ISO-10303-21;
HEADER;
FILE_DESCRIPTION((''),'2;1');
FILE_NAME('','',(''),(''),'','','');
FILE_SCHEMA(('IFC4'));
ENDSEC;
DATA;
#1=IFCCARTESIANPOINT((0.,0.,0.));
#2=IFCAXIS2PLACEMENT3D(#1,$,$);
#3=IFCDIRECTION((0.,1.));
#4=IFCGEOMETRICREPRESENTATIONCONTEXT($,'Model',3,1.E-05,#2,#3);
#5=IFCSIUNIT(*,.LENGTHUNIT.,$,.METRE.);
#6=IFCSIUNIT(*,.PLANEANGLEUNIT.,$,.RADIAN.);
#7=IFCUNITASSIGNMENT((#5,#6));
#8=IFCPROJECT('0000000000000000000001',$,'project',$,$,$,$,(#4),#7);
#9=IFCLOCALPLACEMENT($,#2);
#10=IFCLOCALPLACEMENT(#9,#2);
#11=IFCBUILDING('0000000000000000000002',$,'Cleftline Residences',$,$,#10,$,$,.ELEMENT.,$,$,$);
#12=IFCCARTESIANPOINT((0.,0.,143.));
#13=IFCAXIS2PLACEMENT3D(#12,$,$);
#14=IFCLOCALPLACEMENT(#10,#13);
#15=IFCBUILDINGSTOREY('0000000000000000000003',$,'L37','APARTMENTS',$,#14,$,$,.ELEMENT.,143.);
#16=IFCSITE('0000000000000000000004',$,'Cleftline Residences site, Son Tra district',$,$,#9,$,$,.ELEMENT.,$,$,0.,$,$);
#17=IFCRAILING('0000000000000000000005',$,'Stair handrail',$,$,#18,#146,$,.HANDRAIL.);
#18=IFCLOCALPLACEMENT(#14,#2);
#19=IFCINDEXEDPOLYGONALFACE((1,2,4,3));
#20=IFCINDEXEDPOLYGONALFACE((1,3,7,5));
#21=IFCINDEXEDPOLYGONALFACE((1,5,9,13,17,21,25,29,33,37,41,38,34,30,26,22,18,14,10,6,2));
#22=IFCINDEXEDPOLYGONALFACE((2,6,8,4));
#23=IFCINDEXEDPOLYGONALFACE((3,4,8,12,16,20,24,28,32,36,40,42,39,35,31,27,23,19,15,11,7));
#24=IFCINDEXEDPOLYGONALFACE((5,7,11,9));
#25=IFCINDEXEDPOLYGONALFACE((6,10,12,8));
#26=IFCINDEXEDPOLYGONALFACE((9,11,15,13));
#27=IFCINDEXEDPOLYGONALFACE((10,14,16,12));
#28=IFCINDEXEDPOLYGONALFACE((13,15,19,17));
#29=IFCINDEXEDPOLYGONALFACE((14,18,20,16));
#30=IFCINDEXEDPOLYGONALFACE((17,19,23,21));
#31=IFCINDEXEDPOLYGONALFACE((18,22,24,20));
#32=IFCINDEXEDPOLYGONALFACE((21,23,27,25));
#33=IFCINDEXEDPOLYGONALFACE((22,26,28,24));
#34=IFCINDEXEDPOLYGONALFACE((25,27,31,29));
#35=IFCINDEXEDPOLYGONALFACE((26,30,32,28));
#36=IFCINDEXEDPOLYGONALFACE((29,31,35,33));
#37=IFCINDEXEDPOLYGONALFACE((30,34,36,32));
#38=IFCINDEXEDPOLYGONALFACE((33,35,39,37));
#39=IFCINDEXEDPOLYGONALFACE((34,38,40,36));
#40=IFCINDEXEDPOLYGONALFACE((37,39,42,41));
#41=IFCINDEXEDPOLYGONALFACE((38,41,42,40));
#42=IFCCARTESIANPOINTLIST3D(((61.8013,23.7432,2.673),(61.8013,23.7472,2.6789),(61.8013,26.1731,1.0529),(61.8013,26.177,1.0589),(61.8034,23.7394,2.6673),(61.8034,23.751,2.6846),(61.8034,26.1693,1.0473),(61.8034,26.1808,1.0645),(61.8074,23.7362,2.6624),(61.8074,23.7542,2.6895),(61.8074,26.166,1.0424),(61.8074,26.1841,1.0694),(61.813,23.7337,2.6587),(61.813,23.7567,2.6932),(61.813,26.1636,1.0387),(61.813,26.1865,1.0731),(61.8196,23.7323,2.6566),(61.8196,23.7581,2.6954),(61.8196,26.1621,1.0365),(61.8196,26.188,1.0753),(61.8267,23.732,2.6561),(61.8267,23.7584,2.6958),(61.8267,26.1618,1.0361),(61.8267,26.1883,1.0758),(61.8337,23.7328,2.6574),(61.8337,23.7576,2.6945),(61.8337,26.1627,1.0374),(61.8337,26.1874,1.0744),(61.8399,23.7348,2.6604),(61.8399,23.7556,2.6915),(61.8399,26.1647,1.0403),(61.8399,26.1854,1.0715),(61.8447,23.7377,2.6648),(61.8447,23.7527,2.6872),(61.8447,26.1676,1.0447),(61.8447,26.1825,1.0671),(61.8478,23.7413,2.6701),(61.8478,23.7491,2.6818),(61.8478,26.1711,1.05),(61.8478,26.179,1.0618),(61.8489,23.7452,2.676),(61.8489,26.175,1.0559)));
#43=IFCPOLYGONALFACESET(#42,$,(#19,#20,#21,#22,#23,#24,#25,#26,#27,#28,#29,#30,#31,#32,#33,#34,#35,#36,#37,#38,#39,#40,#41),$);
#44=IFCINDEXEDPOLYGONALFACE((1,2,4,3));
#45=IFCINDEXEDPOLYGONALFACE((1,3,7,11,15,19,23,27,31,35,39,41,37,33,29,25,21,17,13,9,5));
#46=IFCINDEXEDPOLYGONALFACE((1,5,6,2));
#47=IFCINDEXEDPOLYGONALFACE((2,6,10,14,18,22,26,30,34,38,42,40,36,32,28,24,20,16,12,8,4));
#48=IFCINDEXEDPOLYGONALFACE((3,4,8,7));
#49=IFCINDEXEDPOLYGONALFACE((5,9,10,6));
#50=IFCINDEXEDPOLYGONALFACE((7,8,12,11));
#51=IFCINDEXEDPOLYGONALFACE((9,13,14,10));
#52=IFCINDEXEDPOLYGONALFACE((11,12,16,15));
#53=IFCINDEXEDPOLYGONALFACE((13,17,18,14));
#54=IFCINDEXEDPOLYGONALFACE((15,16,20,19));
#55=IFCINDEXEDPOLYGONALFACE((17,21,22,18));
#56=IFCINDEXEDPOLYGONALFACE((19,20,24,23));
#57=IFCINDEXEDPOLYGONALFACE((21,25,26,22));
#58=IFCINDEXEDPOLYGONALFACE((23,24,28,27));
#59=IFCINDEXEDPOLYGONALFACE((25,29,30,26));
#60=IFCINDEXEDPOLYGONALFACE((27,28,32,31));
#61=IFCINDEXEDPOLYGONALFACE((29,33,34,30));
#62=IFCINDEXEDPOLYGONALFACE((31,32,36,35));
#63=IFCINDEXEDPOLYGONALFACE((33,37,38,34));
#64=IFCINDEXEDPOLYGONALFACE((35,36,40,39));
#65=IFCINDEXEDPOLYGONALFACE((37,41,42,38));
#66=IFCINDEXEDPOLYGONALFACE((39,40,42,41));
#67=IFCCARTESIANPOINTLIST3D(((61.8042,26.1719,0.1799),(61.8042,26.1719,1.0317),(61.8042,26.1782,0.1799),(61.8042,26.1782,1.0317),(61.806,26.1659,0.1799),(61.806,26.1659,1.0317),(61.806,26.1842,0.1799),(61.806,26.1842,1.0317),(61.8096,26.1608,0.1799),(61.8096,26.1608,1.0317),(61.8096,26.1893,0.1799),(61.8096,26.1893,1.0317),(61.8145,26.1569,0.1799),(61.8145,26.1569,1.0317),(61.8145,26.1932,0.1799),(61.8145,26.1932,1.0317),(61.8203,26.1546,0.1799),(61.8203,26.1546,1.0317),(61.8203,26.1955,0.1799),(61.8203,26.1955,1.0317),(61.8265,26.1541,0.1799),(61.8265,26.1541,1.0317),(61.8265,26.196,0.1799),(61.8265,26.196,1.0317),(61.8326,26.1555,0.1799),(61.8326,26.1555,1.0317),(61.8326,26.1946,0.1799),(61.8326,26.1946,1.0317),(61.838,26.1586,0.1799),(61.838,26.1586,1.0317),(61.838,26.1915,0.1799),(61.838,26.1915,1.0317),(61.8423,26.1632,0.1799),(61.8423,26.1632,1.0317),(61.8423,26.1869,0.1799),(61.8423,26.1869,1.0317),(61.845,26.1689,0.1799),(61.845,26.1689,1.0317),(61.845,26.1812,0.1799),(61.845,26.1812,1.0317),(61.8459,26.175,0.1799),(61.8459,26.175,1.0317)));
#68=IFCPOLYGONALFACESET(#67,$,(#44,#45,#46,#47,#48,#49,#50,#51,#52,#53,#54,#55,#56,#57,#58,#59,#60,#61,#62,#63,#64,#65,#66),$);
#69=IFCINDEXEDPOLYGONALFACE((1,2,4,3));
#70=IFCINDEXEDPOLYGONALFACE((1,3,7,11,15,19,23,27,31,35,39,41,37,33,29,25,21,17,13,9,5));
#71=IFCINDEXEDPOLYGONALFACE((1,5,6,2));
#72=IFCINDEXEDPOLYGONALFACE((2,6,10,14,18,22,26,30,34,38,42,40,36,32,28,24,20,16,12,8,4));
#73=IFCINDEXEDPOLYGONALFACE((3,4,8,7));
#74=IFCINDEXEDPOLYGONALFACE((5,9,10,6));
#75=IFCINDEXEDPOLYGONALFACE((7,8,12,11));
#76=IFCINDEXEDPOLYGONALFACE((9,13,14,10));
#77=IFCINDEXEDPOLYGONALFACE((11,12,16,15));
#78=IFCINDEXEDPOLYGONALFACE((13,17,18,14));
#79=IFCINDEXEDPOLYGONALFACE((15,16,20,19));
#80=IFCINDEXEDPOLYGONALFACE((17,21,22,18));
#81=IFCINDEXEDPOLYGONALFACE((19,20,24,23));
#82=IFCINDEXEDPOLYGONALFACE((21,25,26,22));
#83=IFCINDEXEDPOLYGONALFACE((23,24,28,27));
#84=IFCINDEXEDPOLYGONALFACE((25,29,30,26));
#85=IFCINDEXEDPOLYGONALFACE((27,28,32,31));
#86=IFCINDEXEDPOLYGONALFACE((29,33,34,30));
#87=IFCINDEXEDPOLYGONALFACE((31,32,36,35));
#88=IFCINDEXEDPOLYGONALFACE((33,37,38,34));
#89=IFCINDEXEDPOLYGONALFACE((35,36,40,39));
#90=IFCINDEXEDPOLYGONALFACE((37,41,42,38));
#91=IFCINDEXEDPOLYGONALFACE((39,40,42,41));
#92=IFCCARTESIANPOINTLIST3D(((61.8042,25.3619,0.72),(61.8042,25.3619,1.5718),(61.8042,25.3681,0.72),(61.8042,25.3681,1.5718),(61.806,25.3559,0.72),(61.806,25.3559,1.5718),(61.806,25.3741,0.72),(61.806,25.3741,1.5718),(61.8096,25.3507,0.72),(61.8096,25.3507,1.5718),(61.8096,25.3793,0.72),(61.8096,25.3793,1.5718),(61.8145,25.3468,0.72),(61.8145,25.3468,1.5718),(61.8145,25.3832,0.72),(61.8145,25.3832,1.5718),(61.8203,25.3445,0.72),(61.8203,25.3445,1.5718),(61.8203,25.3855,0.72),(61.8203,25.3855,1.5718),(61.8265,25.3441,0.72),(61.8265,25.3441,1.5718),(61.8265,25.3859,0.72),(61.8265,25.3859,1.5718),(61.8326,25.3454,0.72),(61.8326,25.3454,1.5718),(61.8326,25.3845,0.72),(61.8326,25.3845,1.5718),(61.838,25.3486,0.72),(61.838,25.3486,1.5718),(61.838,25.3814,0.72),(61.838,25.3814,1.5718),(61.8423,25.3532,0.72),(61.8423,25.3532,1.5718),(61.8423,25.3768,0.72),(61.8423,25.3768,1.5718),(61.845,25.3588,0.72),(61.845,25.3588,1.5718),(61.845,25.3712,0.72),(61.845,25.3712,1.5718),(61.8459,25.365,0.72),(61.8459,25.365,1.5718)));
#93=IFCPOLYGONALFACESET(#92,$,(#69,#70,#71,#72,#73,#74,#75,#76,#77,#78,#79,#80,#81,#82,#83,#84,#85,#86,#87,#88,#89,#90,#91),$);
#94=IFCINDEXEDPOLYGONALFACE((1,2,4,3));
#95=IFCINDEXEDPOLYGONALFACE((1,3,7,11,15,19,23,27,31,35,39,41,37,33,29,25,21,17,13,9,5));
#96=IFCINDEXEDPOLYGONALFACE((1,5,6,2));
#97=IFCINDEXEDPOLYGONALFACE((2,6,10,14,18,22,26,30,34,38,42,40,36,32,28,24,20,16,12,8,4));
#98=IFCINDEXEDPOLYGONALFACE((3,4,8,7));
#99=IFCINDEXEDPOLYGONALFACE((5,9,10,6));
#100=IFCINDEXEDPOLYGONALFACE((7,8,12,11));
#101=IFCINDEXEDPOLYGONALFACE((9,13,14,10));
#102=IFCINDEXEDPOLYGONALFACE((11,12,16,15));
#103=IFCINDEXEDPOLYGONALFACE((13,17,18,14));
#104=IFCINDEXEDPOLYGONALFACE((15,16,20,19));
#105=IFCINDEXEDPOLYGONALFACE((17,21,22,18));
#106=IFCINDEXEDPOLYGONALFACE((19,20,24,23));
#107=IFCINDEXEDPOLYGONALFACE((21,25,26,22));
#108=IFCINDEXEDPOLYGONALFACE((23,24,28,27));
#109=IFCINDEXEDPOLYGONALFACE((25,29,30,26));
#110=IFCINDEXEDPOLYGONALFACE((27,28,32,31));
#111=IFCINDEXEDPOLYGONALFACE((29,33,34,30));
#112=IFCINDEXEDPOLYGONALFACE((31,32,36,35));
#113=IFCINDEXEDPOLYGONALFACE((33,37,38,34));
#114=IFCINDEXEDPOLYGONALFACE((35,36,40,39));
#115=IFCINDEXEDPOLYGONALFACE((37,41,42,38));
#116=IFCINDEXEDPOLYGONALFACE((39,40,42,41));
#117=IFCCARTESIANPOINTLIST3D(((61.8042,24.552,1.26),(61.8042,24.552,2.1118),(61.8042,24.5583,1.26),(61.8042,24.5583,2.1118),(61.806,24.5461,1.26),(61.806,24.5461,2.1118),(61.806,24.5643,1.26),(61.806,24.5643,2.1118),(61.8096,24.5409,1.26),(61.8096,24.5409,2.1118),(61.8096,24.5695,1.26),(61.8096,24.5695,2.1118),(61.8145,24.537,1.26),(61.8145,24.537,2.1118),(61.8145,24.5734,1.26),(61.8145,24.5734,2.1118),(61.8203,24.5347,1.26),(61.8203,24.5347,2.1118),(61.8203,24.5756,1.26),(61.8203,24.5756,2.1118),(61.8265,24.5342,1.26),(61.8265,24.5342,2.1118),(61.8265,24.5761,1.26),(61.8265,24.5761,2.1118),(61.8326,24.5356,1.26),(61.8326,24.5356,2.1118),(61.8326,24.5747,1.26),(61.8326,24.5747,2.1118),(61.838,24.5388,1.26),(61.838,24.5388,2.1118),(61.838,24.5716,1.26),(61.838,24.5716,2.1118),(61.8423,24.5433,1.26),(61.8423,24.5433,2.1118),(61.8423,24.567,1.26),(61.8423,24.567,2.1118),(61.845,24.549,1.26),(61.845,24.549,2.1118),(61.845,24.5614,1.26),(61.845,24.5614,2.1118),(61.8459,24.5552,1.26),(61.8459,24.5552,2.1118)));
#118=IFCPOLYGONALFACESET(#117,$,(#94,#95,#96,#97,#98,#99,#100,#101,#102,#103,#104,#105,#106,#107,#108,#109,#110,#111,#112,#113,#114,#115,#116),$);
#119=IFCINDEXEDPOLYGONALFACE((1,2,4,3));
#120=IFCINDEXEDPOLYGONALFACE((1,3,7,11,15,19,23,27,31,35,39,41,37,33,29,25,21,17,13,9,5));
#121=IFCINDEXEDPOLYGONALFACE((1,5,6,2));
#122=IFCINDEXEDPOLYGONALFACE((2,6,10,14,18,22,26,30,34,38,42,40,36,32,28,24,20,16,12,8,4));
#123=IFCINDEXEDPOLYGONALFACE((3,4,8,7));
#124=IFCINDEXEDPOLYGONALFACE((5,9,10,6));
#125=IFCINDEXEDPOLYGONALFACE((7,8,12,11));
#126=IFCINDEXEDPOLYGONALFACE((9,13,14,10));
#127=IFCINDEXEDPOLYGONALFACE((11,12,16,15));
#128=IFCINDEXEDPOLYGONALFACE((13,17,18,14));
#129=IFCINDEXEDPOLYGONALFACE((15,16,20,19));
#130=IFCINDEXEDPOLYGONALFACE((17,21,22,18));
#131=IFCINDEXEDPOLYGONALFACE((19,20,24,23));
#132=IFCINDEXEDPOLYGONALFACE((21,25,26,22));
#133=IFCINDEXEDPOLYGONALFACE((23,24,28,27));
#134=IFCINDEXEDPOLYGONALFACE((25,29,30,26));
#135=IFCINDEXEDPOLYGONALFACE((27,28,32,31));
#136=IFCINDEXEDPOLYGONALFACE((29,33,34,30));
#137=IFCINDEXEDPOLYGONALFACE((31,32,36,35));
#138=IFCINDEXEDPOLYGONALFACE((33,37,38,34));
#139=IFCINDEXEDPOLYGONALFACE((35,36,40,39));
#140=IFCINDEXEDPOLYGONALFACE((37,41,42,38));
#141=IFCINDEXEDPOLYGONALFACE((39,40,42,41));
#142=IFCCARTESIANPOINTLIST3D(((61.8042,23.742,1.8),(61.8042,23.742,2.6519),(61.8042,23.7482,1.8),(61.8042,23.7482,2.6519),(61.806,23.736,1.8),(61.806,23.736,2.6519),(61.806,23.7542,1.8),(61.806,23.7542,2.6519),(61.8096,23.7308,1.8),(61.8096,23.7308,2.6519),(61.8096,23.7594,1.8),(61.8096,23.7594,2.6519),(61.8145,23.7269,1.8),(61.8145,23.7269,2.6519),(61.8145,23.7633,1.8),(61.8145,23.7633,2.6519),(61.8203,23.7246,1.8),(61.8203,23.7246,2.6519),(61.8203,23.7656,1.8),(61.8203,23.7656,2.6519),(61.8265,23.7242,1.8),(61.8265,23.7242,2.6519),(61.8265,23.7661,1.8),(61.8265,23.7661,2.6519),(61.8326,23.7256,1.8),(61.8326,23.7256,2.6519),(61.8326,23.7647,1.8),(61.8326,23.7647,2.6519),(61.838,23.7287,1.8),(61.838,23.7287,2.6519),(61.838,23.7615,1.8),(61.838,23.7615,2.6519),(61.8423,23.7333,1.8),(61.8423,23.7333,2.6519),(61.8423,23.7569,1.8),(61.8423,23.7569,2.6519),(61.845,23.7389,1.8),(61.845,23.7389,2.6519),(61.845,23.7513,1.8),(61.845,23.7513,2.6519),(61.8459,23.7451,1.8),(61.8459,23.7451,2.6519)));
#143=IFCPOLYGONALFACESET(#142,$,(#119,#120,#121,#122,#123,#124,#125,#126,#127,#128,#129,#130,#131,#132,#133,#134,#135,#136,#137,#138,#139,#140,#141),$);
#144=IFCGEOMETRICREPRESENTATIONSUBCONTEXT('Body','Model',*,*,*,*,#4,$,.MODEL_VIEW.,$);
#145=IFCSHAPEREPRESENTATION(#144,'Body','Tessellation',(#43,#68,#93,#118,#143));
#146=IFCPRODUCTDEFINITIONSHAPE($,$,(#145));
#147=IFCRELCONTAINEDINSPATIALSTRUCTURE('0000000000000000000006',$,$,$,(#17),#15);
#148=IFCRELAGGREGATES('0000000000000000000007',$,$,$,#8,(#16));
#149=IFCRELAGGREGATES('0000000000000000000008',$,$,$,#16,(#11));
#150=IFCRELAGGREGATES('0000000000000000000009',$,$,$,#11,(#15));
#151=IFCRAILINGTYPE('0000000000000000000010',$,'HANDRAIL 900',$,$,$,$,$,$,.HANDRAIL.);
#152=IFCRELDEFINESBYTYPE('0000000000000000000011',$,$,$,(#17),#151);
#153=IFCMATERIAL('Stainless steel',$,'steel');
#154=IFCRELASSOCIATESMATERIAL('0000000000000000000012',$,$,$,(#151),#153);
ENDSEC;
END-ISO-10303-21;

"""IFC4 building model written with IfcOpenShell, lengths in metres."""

from ifc_helpers import new_model, si_unit, direction, frame, origin, origin_2d, place, context, subcontext, project, spatial, circle, extrude, material, type_object, element, save


model = new_model("IFC4")

# Units and contexts
model_context = context("Model", 3, precision=1e-05, world=origin(), true_north=direction((0.0, 1.0)))
body_context = subcontext(model_context, "Body", "Model", "MODEL_VIEW")
ifc_project = project(units=[si_unit("LENGTHUNIT", "METRE"), si_unit("PLANEANGLEUNIT", "RADIAN")], contexts=[model_context])

# Site, building, storey
site_placement = place(None, origin())
site = spatial("IfcSite", under=ifc_project, at=site_placement, Name="Cleftline Residences site, Son Tra district", CompositionType="ELEMENT", RefElevation=0.0)
building_placement = place(site_placement, origin())
building = spatial("IfcBuilding", under=site, at=building_placement, Name="Cleftline Residences", CompositionType="ELEMENT")
storey_placement = place(building_placement, frame((0.0, 0.0, 143.0)))
storey = spatial("IfcBuildingStorey", under=building, at=storey_placement, Name="L37", Description="APARTMENTS", CompositionType="ELEMENT", Elevation=143.0)

# Railing
ifc_material_1 = material(Name="Stainless steel", Category="steel")
railing_type = type_object("IfcRailingType", Name="HANDRAIL 900", PredefinedType="HANDRAIL", material=ifc_material_1)
railing_placement = place(storey_placement, frame((61.825, 26.175, 0.1799)))
element("IfcRailing", 1, at=railing_placement, inside=storey, type_object=railing_type, Name="Stair handrail", PredefinedType="HANDRAIL", context=body_context, shape_type="SweptSolid", body=[
    extrude(circle(Radius=0.0239, at=origin_2d()), frame((0.0, 0.0, 0.876), z_axis=(0.0, -0.832025, 0.554739), x_axis=(1.0, 0.0, 0.0)), (0.0, 0.0, 1.0), 2.9204),
    extrude(circle(Radius=0.021, at=origin_2d()), origin(), (0.0, 0.0, 1.0), 0.8518),
    extrude(circle(Radius=0.021, at=origin_2d()), frame((0.0, -0.8101, 0.54)), (0.0, 0.0, 1.0), 0.8518),
    extrude(circle(Radius=0.021, at=origin_2d()), frame((0.0, -1.6199, 1.0801)), (0.0, 0.0, 1.0), 0.8518),
    extrude(circle(Radius=0.021, at=origin_2d()), frame((0.0, -2.4299, 1.6201)), (0.0, 0.0, 1.0), 0.8518),
])

save(model, "model.ifc")
